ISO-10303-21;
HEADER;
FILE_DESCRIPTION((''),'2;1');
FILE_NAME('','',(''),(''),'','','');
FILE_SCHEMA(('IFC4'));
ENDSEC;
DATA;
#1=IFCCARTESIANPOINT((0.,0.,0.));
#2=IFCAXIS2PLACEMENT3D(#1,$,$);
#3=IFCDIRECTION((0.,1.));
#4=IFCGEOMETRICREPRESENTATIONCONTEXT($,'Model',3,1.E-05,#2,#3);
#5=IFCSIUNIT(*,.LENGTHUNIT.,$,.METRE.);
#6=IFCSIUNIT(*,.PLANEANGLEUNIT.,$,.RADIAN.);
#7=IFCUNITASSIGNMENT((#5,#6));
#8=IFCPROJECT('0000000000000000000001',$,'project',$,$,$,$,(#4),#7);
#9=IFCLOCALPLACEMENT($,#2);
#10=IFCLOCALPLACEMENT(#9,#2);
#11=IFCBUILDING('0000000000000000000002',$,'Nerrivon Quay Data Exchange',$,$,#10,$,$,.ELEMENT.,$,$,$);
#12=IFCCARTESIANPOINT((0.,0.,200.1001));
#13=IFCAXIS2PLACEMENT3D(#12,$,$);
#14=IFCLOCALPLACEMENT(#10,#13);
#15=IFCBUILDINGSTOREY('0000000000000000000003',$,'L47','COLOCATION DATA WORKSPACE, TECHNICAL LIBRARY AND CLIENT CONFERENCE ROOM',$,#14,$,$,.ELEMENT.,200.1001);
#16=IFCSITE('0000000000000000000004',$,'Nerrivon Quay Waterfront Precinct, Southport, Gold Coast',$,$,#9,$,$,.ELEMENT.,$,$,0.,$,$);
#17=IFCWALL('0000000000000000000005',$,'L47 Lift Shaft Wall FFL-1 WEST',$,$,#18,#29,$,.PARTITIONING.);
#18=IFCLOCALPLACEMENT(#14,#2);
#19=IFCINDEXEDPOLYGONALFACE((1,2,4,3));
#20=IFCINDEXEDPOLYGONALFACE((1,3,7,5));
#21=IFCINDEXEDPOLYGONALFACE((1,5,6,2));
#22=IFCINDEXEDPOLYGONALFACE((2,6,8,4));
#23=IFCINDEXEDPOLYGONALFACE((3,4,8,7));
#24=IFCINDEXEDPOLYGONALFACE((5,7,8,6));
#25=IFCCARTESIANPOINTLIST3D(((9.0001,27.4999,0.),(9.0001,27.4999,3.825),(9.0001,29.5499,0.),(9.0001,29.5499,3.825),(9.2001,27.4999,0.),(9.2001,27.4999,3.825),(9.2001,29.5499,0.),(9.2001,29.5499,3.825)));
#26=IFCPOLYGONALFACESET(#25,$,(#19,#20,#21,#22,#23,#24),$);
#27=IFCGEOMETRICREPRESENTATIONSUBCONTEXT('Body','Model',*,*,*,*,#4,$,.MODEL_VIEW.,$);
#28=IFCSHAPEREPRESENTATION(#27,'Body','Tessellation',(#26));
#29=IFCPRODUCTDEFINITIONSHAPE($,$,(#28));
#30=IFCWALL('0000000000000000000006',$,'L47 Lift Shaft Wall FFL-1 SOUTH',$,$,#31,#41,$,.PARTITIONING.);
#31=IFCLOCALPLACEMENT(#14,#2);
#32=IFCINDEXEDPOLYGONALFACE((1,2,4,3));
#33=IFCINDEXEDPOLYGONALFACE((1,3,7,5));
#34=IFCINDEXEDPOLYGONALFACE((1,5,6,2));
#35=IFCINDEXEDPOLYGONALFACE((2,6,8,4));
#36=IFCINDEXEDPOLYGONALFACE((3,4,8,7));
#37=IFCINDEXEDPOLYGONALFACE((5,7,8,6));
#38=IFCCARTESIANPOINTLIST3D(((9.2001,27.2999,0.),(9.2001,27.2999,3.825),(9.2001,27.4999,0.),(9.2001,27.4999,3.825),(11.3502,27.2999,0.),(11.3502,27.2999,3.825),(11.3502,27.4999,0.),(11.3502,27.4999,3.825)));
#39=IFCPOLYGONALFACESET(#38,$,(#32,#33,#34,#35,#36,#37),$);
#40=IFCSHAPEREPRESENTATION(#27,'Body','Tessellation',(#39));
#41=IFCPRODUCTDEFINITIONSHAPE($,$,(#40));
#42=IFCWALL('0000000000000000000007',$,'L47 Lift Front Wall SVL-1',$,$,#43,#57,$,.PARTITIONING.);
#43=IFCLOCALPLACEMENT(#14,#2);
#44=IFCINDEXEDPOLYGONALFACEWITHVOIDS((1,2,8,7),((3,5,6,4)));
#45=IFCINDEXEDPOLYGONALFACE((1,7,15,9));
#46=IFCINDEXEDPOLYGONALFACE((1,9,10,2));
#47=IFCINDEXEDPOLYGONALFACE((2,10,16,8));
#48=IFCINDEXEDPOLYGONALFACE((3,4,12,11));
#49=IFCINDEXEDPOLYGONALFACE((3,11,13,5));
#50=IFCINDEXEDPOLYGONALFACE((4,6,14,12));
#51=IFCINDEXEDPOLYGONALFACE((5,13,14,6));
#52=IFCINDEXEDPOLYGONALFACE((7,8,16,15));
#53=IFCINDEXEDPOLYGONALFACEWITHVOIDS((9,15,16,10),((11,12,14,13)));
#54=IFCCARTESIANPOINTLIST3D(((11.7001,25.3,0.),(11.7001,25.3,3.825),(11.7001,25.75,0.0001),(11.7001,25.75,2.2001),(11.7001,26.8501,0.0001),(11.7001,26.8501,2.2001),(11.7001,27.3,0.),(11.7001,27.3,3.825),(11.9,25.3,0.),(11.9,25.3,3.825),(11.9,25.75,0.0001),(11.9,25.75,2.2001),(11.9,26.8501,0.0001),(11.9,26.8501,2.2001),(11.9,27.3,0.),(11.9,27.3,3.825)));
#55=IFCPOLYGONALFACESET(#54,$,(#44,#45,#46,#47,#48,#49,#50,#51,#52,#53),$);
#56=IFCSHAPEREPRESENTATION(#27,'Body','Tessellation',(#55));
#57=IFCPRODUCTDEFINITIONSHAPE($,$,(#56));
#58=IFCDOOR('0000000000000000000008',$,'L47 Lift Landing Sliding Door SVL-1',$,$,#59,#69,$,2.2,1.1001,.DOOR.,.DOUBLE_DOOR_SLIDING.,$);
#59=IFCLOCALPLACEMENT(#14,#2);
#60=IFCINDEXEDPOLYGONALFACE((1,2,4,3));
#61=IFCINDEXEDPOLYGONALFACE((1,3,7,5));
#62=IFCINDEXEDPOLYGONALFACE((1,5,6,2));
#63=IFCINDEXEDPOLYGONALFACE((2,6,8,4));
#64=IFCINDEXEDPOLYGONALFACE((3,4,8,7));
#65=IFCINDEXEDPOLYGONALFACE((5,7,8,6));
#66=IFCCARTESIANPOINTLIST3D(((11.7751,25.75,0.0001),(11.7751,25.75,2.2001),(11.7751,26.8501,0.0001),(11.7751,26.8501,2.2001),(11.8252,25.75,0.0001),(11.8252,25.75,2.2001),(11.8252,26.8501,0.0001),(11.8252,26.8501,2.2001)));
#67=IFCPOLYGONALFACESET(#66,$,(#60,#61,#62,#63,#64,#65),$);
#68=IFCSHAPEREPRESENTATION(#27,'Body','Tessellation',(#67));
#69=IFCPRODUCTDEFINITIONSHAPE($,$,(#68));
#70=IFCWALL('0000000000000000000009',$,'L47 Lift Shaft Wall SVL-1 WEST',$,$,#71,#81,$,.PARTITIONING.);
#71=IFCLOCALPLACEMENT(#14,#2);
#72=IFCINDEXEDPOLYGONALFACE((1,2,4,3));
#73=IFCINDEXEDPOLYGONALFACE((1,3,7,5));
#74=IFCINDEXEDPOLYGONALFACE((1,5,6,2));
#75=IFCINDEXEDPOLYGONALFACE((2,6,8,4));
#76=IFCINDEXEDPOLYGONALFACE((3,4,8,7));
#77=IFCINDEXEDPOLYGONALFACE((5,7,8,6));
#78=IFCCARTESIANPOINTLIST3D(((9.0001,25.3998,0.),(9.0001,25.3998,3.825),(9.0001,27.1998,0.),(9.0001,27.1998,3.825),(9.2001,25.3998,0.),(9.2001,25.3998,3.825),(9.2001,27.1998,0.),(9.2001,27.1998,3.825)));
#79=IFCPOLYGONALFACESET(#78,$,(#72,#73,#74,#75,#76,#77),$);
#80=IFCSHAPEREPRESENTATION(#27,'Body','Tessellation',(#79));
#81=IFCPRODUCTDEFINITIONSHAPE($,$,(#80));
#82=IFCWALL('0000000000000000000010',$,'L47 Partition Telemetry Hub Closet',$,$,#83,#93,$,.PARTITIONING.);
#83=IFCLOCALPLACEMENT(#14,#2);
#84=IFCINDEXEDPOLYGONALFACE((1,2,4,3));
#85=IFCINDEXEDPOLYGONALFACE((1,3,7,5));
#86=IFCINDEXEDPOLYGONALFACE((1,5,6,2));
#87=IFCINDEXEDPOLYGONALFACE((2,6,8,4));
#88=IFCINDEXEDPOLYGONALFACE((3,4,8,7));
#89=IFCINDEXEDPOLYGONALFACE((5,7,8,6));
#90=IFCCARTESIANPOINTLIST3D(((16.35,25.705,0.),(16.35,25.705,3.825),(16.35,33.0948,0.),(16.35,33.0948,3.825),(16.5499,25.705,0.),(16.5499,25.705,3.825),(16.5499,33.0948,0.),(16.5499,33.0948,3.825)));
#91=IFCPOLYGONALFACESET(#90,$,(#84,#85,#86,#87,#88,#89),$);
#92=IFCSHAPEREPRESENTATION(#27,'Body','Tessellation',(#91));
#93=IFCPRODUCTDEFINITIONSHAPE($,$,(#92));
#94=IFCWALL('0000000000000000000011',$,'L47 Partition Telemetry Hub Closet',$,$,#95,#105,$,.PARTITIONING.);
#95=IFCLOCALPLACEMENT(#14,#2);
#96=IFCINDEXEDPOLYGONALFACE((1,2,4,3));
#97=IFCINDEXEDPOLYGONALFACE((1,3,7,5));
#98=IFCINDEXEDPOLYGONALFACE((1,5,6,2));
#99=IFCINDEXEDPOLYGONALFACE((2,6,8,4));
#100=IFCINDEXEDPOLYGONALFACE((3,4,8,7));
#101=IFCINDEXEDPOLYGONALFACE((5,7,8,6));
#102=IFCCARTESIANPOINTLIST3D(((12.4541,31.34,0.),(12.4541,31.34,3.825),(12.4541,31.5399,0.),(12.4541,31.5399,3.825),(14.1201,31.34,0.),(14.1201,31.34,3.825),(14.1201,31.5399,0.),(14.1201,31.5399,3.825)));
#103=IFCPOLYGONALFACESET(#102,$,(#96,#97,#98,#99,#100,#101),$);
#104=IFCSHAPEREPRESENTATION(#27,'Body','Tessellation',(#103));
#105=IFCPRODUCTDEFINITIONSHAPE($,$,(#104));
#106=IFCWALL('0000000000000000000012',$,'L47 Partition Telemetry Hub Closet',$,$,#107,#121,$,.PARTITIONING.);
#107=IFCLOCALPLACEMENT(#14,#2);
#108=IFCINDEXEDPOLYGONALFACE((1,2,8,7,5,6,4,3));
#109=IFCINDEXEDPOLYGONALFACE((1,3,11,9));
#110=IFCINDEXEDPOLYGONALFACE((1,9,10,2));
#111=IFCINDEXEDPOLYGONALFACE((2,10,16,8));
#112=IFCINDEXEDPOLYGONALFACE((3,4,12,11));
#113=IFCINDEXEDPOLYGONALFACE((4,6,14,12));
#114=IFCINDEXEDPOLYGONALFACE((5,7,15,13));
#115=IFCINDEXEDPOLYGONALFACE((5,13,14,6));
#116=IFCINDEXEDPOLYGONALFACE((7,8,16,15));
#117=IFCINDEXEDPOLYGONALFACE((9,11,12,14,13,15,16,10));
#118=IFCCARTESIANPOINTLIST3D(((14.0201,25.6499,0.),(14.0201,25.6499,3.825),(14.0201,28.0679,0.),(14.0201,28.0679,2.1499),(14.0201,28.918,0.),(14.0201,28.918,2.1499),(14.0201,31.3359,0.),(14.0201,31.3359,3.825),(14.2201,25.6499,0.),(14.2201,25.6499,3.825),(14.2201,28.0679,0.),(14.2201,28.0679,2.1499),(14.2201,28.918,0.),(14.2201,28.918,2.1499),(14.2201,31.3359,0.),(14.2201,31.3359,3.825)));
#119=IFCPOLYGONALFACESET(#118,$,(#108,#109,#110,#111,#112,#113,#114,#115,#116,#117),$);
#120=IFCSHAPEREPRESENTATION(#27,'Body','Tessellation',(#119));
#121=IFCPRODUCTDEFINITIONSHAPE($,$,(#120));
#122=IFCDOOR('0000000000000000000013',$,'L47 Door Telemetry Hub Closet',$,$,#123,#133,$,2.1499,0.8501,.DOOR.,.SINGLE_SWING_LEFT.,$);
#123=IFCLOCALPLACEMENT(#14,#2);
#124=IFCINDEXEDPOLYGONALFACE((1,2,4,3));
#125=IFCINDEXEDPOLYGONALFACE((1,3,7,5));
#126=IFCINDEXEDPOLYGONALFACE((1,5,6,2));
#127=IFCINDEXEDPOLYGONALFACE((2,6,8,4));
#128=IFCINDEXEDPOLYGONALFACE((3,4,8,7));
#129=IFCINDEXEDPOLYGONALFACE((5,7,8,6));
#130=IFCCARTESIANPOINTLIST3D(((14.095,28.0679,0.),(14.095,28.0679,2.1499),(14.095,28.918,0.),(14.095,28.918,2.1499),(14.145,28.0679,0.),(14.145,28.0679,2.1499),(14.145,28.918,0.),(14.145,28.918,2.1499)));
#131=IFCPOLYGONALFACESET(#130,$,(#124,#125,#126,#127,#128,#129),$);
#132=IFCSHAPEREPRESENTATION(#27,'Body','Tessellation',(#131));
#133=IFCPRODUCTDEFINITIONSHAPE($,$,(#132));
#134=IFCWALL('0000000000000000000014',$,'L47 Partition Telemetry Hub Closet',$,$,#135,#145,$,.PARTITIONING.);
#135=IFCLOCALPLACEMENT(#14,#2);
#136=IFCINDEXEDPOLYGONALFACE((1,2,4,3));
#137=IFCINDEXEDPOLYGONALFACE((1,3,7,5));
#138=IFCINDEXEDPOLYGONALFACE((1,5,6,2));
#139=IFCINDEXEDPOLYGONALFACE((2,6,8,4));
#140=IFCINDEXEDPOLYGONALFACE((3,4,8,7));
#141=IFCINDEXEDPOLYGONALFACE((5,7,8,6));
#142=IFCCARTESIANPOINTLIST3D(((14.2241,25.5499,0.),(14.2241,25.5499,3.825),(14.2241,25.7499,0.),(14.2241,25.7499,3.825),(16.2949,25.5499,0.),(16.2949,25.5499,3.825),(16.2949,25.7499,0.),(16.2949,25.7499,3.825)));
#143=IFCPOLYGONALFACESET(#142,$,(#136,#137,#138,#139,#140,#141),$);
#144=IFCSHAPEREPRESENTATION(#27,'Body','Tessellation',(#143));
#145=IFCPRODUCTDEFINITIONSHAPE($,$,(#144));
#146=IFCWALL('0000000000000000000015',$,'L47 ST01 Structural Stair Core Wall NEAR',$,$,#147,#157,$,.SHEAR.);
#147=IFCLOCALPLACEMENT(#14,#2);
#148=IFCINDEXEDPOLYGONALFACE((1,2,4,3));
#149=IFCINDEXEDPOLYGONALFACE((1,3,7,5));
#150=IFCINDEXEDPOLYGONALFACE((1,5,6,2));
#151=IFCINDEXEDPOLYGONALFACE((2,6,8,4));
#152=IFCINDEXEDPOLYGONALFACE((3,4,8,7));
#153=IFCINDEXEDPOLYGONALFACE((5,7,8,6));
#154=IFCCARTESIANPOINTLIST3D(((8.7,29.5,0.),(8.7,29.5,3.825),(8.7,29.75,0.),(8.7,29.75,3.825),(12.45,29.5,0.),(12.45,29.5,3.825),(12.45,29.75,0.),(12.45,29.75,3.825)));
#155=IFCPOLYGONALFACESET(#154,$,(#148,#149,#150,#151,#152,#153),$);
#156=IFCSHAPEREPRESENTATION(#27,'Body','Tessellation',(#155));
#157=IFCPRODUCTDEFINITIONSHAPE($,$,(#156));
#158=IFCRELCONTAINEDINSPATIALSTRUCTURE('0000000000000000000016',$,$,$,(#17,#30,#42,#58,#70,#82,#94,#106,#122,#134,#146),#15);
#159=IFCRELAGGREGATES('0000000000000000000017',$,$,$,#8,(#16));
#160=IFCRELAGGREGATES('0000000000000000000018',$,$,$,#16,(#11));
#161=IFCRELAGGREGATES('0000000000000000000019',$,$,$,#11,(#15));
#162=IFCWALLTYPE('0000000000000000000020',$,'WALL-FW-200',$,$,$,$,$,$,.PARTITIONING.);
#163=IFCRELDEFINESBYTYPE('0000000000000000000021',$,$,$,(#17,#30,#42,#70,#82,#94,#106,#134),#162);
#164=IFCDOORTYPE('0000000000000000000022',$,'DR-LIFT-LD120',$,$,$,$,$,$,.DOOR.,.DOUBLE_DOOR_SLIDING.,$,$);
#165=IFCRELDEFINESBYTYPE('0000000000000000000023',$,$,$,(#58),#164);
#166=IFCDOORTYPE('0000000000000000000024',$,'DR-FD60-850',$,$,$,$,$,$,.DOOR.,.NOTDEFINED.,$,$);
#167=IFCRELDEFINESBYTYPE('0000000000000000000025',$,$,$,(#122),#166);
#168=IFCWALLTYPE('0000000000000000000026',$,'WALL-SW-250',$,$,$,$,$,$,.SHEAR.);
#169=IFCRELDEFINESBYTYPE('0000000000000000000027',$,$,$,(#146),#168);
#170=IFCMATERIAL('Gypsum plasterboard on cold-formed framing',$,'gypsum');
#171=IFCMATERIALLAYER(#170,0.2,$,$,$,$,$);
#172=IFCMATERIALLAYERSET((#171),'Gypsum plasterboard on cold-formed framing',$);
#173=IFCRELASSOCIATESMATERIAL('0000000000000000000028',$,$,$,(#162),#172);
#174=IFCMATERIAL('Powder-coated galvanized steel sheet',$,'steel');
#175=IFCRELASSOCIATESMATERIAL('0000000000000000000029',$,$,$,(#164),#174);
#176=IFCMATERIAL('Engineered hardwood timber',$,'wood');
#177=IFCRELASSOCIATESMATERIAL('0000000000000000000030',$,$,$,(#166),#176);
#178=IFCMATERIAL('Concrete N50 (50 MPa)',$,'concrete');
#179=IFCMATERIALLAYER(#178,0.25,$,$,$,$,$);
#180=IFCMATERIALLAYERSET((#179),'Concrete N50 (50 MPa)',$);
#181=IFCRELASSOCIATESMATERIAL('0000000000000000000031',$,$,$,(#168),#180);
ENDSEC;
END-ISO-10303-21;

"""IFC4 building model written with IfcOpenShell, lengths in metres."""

from ifc_helpers import new_model, si_unit, direction, frame, frame_2d, origin, place, context, subcontext, project, spatial, rectangle, extrude, material, layer, layer_set, type_object, element, fill, save


model = new_model("IFC4")

# Units and contexts
model_context = context("Model", 3, precision=1e-05, world=origin(), true_north=direction((0.0, 1.0)))
body_context = subcontext(model_context, "Body", "Model", "MODEL_VIEW")
ifc_project = project(units=[si_unit("LENGTHUNIT", "METRE"), si_unit("PLANEANGLEUNIT", "RADIAN")], contexts=[model_context])

# Site, building, storey
site_placement = place(None, origin())
site = spatial("IfcSite", under=ifc_project, at=site_placement, Name="Nerrivon Quay Waterfront Precinct, Southport, Gold Coast", CompositionType="ELEMENT", RefElevation=0.0)
building_placement = place(site_placement, origin())
building = spatial("IfcBuilding", under=site, at=building_placement, Name="Nerrivon Quay Data Exchange", CompositionType="ELEMENT")
storey_placement = place(building_placement, frame((0.0, 0.0, 200.1001)))
storey = spatial("IfcBuildingStorey", under=building, at=storey_placement, Name="L47", Description="COLOCATION DATA WORKSPACE, TECHNICAL LIBRARY AND CLIENT CONFERENCE ROOM", CompositionType="ELEMENT", Elevation=200.1001)

# Shared definitions
ifc_material_1 = material(Name="Powder-coated galvanized steel sheet", Category="steel")
ifc_material_2 = material(Name="Gypsum plasterboard on cold-formed framing", Category="gypsum")
ifc_layer_1 = layer(ifc_material_2, 0.2)
ifc_layer_set_1 = layer_set([ifc_layer_1], Name="Gypsum plasterboard on cold-formed framing")
wall_type_1 = type_object("IfcWallType", Name="WALL-FW-200", PredefinedType="PARTITIONING", material=ifc_layer_set_1)
door_type_1 = type_object("IfcDoorType", Name="DR-LIFT-LD120", OperationType="DOUBLE_DOOR_SLIDING", PredefinedType="DOOR", material=ifc_material_1)

# Walls
wall_1_placement = place(storey_placement, frame((9.1001, 27.5, 0.0), z_axis=(0.0, 0.0, 1.0), x_axis=(0.0, 1.0, 0.0)))
element("IfcWall", 1, at=wall_1_placement, inside=storey, type_object=wall_type_1, Name="L47 Lift Shaft Wall FFL-1 WEST", PredefinedType="PARTITIONING", context=body_context, shape_type="SweptSolid", body=[
    extrude(rectangle(XDim=2.05, YDim=0.2, at=frame_2d((1.0249, 0.0))), origin(), (0.0, 0.0, 1.0), 3.825),
])
wall_2_placement = place(storey_placement, frame((9.2, 27.3999, 0.0), z_axis=(0.0, 0.0, 1.0), x_axis=(1.0, 0.0, 0.0)))
element("IfcWall", 2, at=wall_2_placement, inside=storey, type_object=wall_type_1, Name="L47 Lift Shaft Wall FFL-1 SOUTH", PredefinedType="PARTITIONING", context=body_context, shape_type="SweptSolid", body=[
    extrude(rectangle(XDim=2.1501, YDim=0.2, at=frame_2d((1.0752, 0.0))), origin(), (0.0, 0.0, 1.0), 3.825),
])

# Wall, opening, door
wall_3_placement = place(storey_placement, frame((11.8, 25.3, 0.0), z_axis=(0.0, 0.0, 1.0), x_axis=(0.0, 1.0, 0.0)))
wall_3 = element("IfcWall", 3, at=wall_3_placement, inside=storey, type_object=wall_type_1, Name="L47 Lift Front Wall SVL-1", PredefinedType="PARTITIONING", context=body_context, shape_type="SweptSolid", body=[
    extrude(rectangle(XDim=2.0, YDim=0.2, at=frame_2d((1.0, 0.0))), origin(), (0.0, 0.0, 1.0), 3.825),
])
opening_1_placement = place(wall_3_placement, frame((0.45, 0.0, 0.0)))
opening_1 = element("IfcOpeningElement", 4, at=opening_1_placement, cuts=wall_3, PredefinedType="OPENING", context=body_context, shape_type="SweptSolid", body=[
    extrude(rectangle(XDim=1.1001, YDim=2.2, at=frame_2d((0.55, 1.1001))), frame((0.0, 0.1099, 0.0), z_axis=(0.0, -1.0, 0.0), x_axis=(1.0, 0.0, 0.0)), (0.0, 0.0, 1.0), 0.22),
])
door_1_placement = place(opening_1_placement, origin())
door_1 = element("IfcDoor", 5, at=door_1_placement, inside=storey, type_object=door_type_1, Name="L47 Lift Landing Sliding Door SVL-1", OperationType="DOUBLE_DOOR_SLIDING", OverallHeight=2.2, OverallWidth=1.1001, PredefinedType="DOOR", context=body_context, shape_type="SweptSolid", body=[
    extrude(rectangle(XDim=1.1001, YDim=2.2, at=frame_2d((0.55, 1.1001))), frame((0.0, 0.0249, 0.0), z_axis=(0.0, -1.0, 0.0), x_axis=(1.0, 0.0, 0.0)), (0.0, 0.0, 1.0), 0.05),
])
fill(opening_1, door_1)

# Walls
wall_4_placement = place(storey_placement, frame((9.1001, 25.3999, 0.0), z_axis=(0.0, 0.0, 1.0), x_axis=(0.0, 1.0, 0.0)))
element("IfcWall", 6, at=wall_4_placement, inside=storey, type_object=wall_type_1, Name="L47 Lift Shaft Wall SVL-1 WEST", PredefinedType="PARTITIONING", context=body_context, shape_type="SweptSolid", body=[
    extrude(rectangle(XDim=1.8, YDim=0.2, at=frame_2d((0.8999, 0.0))), origin(), (0.0, 0.0, 1.0), 3.825),
])
wall_5_placement = place(storey_placement, frame((16.45, 25.7051, 0.0), z_axis=(0.0, 0.0, 1.0), x_axis=(0.0, 1.0, 0.0)))
element("IfcWall", 7, at=wall_5_placement, inside=storey, type_object=wall_type_1, Name="L47 Partition Telemetry Hub Closet", PredefinedType="PARTITIONING", context=body_context, shape_type="SweptSolid", body=[
    extrude(rectangle(XDim=7.3899, YDim=0.2, at=frame_2d((3.6948, 0.0))), origin(), (0.0, 0.0, 1.0), 3.825),
])
wall_6_placement = place(storey_placement, frame((12.4541, 31.4399, 0.0), z_axis=(0.0, 0.0, 1.0), x_axis=(1.0, 0.0, 0.0)))
element("IfcWall", 8, at=wall_6_placement, inside=storey, type_object=wall_type_1, Name="L47 Partition Telemetry Hub Closet", PredefinedType="PARTITIONING", context=body_context, shape_type="SweptSolid", body=[
    extrude(rectangle(XDim=1.666, YDim=0.2, at=frame_2d((0.833, 0.0))), origin(), (0.0, 0.0, 1.0), 3.825),
])

# Wall, opening, door
wall_7_placement = place(storey_placement, frame((14.1201, 31.3359, 0.0), z_axis=(0.0, 0.0, 1.0), x_axis=(0.0, -1.0, 0.0)))
wall_7 = element("IfcWall", 9, at=wall_7_placement, inside=storey, type_object=wall_type_1, Name="L47 Partition Telemetry Hub Closet", PredefinedType="PARTITIONING", context=body_context, shape_type="SweptSolid", body=[
    extrude(rectangle(XDim=5.686, YDim=0.2, at=frame_2d((2.843, 0.0))), origin(), (0.0, 0.0, 1.0), 3.825),
])
opening_2_placement = place(wall_7_placement, frame((2.418, 0.0, 0.0)))
opening_2 = element("IfcOpeningElement", 10, at=opening_2_placement, cuts=wall_7, PredefinedType="OPENING", context=body_context, shape_type="SweptSolid", body=[
    extrude(rectangle(XDim=0.8501, YDim=2.1499, at=frame_2d((0.425, 1.075))), frame((0.0, 0.1099, 0.0), z_axis=(0.0, -1.0, 0.0), x_axis=(1.0, 0.0, 0.0)), (0.0, 0.0, 1.0), 0.22),
])
ifc_material_3 = material(Name="Engineered hardwood timber", Category="wood")
door_type_2 = type_object("IfcDoorType", Name="DR-FD60-850", OperationType="NOTDEFINED", PredefinedType="DOOR", material=ifc_material_3)
door_2_placement = place(opening_2_placement, origin())
door_2 = element("IfcDoor", 11, at=door_2_placement, inside=storey, type_object=door_type_2, Name="L47 Door Telemetry Hub Closet", OperationType="SINGLE_SWING_LEFT", OverallHeight=2.1499, OverallWidth=0.8501, PredefinedType="DOOR", context=body_context, shape_type="SweptSolid", body=[
    extrude(rectangle(XDim=0.8501, YDim=2.1499, at=frame_2d((0.425, 1.075))), frame((0.0, 0.0249, 0.0), z_axis=(0.0, -1.0, 0.0), x_axis=(1.0, 0.0, 0.0)), (0.0, 0.0, 1.0), 0.05),
])
fill(opening_2, door_2)

# Walls
wall_8_placement = place(storey_placement, frame((14.2241, 25.6499, 0.0), z_axis=(0.0, 0.0, 1.0), x_axis=(1.0, 0.0, 0.0)))
element("IfcWall", 12, at=wall_8_placement, inside=storey, type_object=wall_type_1, Name="L47 Partition Telemetry Hub Closet", PredefinedType="PARTITIONING", context=body_context, shape_type="SweptSolid", body=[
    extrude(rectangle(XDim=2.0708, YDim=0.2, at=frame_2d((1.0354, 0.0))), origin(), (0.0, 0.0, 1.0), 3.825),
])
ifc_material_4 = material(Name="Concrete N50 (50 MPa)", Category="concrete")
ifc_layer_2 = layer(ifc_material_4, 0.25)
ifc_layer_set_2 = layer_set([ifc_layer_2], Name="Concrete N50 (50 MPa)")
wall_type_2 = type_object("IfcWallType", Name="WALL-SW-250", PredefinedType="SHEAR", material=ifc_layer_set_2)
wall_9_placement = place(storey_placement, frame((12.45, 29.625, 0.0), z_axis=(0.0, 0.0, 1.0), x_axis=(-1.0, 0.0, 0.0)))
element("IfcWall", 13, at=wall_9_placement, inside=storey, type_object=wall_type_2, Name="L47 ST01 Structural Stair Core Wall NEAR", PredefinedType="SHEAR", context=body_context, shape_type="SweptSolid", body=[
    extrude(rectangle(XDim=3.75, YDim=0.25, at=frame_2d((1.875, 0.0))), origin(), (0.0, 0.0, 1.0), 3.825),
])

save(model, "model.ifc")
